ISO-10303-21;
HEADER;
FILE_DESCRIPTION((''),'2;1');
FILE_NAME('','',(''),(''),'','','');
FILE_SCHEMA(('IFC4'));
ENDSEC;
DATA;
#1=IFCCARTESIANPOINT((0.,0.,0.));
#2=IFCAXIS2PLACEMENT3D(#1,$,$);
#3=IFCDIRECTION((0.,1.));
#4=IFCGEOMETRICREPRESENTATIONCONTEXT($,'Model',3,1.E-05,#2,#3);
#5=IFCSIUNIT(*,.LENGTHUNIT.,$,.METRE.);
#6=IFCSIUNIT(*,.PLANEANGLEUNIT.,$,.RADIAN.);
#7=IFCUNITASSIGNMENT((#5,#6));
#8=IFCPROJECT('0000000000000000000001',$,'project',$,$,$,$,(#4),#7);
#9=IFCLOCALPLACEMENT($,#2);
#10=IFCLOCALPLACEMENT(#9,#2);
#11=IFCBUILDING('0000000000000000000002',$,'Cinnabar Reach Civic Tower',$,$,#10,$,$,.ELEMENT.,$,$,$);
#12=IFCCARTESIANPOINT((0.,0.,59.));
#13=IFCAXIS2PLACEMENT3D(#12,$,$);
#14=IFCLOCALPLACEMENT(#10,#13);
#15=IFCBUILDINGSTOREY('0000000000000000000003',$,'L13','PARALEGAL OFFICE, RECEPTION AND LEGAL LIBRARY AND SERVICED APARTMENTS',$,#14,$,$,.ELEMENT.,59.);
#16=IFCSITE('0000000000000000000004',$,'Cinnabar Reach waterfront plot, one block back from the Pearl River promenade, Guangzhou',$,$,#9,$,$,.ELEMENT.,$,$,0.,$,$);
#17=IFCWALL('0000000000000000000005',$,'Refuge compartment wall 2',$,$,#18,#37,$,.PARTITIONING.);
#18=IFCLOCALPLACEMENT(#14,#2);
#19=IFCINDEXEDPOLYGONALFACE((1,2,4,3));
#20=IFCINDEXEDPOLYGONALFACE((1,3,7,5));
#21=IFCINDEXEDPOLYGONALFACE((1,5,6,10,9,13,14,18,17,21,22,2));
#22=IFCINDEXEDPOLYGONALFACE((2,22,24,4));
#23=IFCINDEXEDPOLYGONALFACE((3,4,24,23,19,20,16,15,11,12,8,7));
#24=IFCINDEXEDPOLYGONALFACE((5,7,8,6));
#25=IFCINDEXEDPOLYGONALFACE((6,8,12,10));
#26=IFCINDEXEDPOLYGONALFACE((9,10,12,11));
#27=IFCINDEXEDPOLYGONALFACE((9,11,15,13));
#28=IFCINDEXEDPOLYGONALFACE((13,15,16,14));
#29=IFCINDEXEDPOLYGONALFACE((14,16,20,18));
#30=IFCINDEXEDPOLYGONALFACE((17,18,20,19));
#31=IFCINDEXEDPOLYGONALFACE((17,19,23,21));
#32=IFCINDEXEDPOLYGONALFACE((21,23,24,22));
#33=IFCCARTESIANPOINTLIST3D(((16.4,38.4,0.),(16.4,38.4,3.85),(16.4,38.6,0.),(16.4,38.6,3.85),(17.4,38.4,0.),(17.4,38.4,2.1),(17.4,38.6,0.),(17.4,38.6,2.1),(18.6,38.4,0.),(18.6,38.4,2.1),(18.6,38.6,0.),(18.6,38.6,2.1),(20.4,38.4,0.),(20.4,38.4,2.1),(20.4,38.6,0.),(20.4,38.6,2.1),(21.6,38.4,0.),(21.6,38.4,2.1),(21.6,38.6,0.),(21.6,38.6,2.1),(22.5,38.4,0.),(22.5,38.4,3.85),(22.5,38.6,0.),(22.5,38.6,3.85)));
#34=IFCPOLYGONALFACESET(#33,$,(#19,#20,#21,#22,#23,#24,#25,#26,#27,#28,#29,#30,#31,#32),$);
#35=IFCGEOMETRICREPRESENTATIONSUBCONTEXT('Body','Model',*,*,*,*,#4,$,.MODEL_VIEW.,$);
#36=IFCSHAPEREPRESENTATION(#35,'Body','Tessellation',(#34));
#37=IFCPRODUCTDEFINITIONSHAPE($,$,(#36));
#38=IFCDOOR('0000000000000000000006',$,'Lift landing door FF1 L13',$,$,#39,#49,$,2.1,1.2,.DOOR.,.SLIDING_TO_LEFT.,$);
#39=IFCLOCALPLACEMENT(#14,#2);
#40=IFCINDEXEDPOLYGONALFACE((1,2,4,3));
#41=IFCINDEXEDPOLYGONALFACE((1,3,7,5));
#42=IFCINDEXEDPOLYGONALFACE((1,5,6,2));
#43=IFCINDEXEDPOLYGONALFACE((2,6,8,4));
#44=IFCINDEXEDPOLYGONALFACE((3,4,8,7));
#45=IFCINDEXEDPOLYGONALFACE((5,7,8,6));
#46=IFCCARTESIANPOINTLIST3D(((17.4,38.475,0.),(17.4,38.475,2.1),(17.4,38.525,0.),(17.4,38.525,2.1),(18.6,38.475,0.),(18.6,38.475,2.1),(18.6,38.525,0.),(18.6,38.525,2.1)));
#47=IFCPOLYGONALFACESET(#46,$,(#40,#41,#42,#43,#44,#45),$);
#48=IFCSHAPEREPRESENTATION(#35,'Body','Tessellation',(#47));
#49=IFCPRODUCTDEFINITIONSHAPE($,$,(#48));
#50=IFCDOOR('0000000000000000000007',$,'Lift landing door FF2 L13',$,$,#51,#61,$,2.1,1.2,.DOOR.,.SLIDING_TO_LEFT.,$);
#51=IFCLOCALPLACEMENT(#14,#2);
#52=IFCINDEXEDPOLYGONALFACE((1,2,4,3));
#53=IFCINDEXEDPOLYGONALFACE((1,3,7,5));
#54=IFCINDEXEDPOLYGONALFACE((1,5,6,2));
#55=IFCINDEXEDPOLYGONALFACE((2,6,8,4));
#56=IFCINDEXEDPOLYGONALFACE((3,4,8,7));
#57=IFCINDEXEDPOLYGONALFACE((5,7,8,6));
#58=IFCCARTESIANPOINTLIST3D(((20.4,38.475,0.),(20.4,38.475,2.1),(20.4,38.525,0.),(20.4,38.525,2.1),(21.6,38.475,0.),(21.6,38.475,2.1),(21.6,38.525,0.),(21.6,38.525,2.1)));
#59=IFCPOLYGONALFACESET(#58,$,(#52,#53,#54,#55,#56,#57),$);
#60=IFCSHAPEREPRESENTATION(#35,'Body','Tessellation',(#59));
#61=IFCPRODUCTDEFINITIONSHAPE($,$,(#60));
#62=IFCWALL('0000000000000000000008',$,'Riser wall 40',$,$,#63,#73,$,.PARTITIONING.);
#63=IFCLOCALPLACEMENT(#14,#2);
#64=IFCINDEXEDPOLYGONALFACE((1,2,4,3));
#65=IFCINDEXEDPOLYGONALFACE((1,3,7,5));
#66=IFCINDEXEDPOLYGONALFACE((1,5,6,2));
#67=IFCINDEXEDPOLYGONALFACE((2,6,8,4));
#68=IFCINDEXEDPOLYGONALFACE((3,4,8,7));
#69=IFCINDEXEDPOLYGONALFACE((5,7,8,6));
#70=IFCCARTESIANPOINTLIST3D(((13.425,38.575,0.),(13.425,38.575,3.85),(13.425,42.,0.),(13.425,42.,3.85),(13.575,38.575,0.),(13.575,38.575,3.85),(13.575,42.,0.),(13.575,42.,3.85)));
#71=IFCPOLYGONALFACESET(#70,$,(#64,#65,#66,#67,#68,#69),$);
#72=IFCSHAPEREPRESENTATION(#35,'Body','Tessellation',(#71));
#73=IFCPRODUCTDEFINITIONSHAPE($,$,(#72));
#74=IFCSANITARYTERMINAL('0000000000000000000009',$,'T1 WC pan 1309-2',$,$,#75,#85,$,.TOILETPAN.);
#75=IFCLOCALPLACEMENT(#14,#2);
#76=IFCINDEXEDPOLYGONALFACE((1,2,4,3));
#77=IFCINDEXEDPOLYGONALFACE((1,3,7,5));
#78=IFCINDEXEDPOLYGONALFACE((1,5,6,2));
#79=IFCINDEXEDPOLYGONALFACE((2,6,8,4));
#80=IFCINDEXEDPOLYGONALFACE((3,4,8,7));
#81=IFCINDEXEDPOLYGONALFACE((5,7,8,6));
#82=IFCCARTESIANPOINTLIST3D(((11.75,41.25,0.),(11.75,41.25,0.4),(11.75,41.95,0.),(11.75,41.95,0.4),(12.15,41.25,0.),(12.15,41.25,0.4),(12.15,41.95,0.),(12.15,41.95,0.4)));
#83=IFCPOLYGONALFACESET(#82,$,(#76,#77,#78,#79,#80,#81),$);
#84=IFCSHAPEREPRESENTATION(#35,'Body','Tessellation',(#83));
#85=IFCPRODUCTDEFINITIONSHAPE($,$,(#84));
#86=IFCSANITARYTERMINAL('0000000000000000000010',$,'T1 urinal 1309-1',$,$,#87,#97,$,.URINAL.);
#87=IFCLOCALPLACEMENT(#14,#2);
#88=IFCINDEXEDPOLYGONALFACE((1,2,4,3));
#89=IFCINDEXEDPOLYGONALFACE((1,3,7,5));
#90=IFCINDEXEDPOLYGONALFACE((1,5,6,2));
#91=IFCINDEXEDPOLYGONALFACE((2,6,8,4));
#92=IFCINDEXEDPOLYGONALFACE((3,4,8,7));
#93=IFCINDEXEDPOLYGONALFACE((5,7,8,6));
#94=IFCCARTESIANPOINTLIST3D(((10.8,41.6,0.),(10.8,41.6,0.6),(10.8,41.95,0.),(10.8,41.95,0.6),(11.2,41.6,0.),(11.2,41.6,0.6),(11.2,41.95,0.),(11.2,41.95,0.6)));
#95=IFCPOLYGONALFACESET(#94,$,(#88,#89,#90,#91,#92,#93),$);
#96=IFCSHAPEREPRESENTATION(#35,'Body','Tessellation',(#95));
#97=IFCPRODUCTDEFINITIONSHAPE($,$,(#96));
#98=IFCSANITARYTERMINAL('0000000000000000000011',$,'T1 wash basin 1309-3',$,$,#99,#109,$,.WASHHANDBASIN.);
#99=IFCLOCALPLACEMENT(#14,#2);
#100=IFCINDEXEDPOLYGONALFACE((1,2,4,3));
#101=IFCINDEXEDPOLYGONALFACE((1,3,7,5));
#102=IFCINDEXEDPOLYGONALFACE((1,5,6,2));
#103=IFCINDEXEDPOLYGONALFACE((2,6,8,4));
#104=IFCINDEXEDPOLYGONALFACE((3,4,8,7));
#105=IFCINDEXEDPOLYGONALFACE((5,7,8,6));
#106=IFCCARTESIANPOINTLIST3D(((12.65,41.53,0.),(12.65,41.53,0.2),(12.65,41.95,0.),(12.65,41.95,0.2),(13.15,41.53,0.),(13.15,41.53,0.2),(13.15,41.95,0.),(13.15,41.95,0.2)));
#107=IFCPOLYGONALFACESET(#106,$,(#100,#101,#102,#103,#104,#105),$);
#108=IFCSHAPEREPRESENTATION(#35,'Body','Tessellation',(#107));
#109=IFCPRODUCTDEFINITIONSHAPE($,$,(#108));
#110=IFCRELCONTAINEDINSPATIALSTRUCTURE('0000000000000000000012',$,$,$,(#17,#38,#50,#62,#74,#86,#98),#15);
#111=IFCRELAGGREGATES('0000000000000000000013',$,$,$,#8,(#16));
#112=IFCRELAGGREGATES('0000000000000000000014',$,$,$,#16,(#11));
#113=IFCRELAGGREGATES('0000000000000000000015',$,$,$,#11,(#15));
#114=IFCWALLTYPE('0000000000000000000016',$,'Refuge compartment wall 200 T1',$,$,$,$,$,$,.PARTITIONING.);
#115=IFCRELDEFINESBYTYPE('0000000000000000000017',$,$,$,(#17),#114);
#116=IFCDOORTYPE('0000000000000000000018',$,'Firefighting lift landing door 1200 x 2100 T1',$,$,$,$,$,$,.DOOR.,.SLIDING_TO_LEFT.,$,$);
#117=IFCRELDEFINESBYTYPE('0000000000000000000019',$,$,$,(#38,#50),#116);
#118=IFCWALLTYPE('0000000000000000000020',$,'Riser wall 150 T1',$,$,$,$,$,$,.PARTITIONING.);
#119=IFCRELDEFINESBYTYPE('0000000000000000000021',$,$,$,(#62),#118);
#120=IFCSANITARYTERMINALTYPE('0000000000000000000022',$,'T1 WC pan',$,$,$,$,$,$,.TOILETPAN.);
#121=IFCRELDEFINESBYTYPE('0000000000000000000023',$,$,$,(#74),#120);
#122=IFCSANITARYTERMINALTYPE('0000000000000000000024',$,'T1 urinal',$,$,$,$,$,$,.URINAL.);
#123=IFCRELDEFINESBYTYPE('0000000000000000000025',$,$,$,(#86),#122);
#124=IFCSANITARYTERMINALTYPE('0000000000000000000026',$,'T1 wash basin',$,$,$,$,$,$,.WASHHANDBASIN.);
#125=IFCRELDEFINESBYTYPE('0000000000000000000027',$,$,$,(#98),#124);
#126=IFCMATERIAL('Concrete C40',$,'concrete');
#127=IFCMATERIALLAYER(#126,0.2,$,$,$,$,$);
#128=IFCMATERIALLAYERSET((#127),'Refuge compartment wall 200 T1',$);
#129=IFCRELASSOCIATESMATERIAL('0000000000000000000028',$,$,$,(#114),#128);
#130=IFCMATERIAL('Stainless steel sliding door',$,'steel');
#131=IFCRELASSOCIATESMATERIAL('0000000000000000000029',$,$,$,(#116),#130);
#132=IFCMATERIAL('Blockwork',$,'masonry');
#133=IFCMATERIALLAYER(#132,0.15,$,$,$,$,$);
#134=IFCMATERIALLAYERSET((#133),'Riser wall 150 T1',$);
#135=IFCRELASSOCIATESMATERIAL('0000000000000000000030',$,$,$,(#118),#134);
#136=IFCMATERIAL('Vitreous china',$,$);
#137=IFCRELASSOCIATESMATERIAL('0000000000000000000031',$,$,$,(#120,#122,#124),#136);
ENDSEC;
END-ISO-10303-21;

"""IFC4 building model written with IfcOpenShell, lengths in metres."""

from ifc_helpers import new_model, si_unit, direction, frame, frame_2d, origin, origin_2d, place, context, subcontext, project, spatial, rectangle, extrude, material, layer, layer_set, type_object, element, fill, save


model = new_model("IFC4")

# Units and contexts
model_context = context("Model", 3, precision=1e-05, world=origin(), true_north=direction((0.0, 1.0)))
body_context = subcontext(model_context, "Body", "Model", "MODEL_VIEW")
ifc_project = project(units=[si_unit("LENGTHUNIT", "METRE"), si_unit("PLANEANGLEUNIT", "RADIAN")], contexts=[model_context])

# Site, building, storey
site_placement = place(None, origin())
site = spatial("IfcSite", under=ifc_project, at=site_placement, Name="Cinnabar Reach waterfront plot, one block back from the Pearl River promenade, Guangzhou", CompositionType="ELEMENT", RefElevation=0.0)
building_placement = place(site_placement, origin())
building = spatial("IfcBuilding", under=site, at=building_placement, Name="Cinnabar Reach Civic Tower", CompositionType="ELEMENT")
storey_placement = place(building_placement, frame((0.0, 0.0, 59.0)))
storey = spatial("IfcBuildingStorey", under=building, at=storey_placement, Name="L13", Description="PARALEGAL OFFICE, RECEPTION AND LEGAL LIBRARY AND SERVICED APARTMENTS", CompositionType="ELEMENT", Elevation=59.0)

# Shared definitions
ifc_material_1 = material(Name="Blockwork", Category="masonry")

# Wall, openings, doors
ifc_material_2 = material(Name="Concrete C40", Category="concrete")
ifc_layer_1 = layer(ifc_material_2, 0.2)
ifc_layer_set_1 = layer_set([ifc_layer_1], Name="Refuge compartment wall 200 T1")
wall_type_1 = type_object("IfcWallType", Name="Refuge compartment wall 200 T1", PredefinedType="PARTITIONING", material=ifc_layer_set_1)
wall_1_placement = place(storey_placement, frame((16.4, 38.5, 0.0), z_axis=(0.0, 0.0, 1.0), x_axis=(1.0, 0.0, 0.0)))
wall_1 = element("IfcWall", 1, at=wall_1_placement, inside=storey, type_object=wall_type_1, Name="Refuge compartment wall 2", PredefinedType="PARTITIONING", context=body_context, shape_type="SweptSolid", body=[
    extrude(rectangle(XDim=6.1, YDim=0.2, at=frame_2d((3.05, 0.0))), origin(), (0.0, 0.0, 1.0), 3.85),
])
opening_1_placement = place(wall_1_placement, frame((1.0, 0.0, 0.0)))
opening_1 = element("IfcOpeningElement", 2, at=opening_1_placement, cuts=wall_1, PredefinedType="OPENING", context=body_context, shape_type="SweptSolid", body=[
    extrude(rectangle(XDim=1.2, YDim=2.1, at=frame_2d((0.6, 1.05))), frame((0.0, 0.11, 0.0), z_axis=(0.0, -1.0, 0.0), x_axis=(1.0, 0.0, 0.0)), (0.0, 0.0, 1.0), 0.22),
])
opening_2_placement = place(wall_1_placement, frame((4.0, 0.0, 0.0)))
opening_2 = element("IfcOpeningElement", 3, at=opening_2_placement, cuts=wall_1, PredefinedType="OPENING", context=body_context, shape_type="SweptSolid", body=[
    extrude(rectangle(XDim=1.2, YDim=2.1, at=frame_2d((0.6, 1.05))), frame((0.0, 0.11, 0.0), z_axis=(0.0, -1.0, 0.0), x_axis=(1.0, 0.0, 0.0)), (0.0, 0.0, 1.0), 0.22),
])
ifc_material_3 = material(Name="Stainless steel sliding door", Category="steel")
door_type_1 = type_object("IfcDoorType", Name="Firefighting lift landing door 1200 x 2100 T1", OperationType="SLIDING_TO_LEFT", PredefinedType="DOOR", material=ifc_material_3)
door_1_placement = place(opening_1_placement, origin())
door_1 = element("IfcDoor", 4, at=door_1_placement, inside=storey, type_object=door_type_1, Name="Lift landing door FF1 L13", OperationType="SLIDING_TO_LEFT", OverallHeight=2.1, OverallWidth=1.2, PredefinedType="DOOR", context=body_context, shape_type="SweptSolid", body=[
    extrude(rectangle(XDim=1.2, YDim=2.1, at=frame_2d((0.6, 1.05))), frame((0.0, 0.025, 0.0), z_axis=(0.0, -1.0, 0.0), x_axis=(1.0, 0.0, 0.0)), (0.0, 0.0, 1.0), 0.05),
])
fill(opening_1, door_1)
door_2_placement = place(opening_2_placement, origin())
door_2 = element("IfcDoor", 5, at=door_2_placement, inside=storey, type_object=door_type_1, Name="Lift landing door FF2 L13", OperationType="SLIDING_TO_LEFT", OverallHeight=2.1, OverallWidth=1.2, PredefinedType="DOOR", context=body_context, shape_type="SweptSolid", body=[
    extrude(rectangle(XDim=1.2, YDim=2.1, at=frame_2d((0.6, 1.05))), frame((0.0, 0.025, 0.0), z_axis=(0.0, -1.0, 0.0), x_axis=(1.0, 0.0, 0.0)), (0.0, 0.0, 1.0), 0.05),
])
fill(opening_2, door_2)

# Wall
ifc_layer_2 = layer(ifc_material_1, 0.15)
ifc_layer_set_2 = layer_set([ifc_layer_2], Name="Riser wall 150 T1")
wall_type_2 = type_object("IfcWallType", Name="Riser wall 150 T1", PredefinedType="PARTITIONING", material=ifc_layer_set_2)
wall_2_placement = place(storey_placement, frame((13.5, 38.575, 0.0), z_axis=(0.0, 0.0, 1.0), x_axis=(0.0, 1.0, 0.0)))
element("IfcWall", 6, at=wall_2_placement, inside=storey, type_object=wall_type_2, Name="Riser wall 40", PredefinedType="PARTITIONING", context=body_context, shape_type="SweptSolid", body=[
    extrude(rectangle(XDim=3.425, YDim=0.15, at=frame_2d((1.7125, 0.0))), origin(), (0.0, 0.0, 1.0), 3.85),
])

# Sanitary terminals
ifc_material_4 = material(Name="Vitreous china")
sanitary_terminal_type_1 = type_object("IfcSanitaryTerminalType", Name="T1 WC pan", PredefinedType="TOILETPAN", material=ifc_material_4)
sanitary_terminal_1_placement = place(storey_placement, frame((11.95, 41.6, 0.0), z_axis=(0.0, 0.0, 1.0), x_axis=(1.0, 0.0, 0.0)))
element("IfcSanitaryTerminal", 7, at=sanitary_terminal_1_placement, inside=storey, type_object=sanitary_terminal_type_1, Name="T1 WC pan 1309-2", PredefinedType="TOILETPAN", context=body_context, shape_type="SweptSolid", body=[
    extrude(rectangle(XDim=0.4, YDim=0.7, at=origin_2d()), origin(), (0.0, 0.0, 1.0), 0.4),
])
sanitary_terminal_type_2 = type_object("IfcSanitaryTerminalType", Name="T1 urinal", PredefinedType="URINAL", material=ifc_material_4)
sanitary_terminal_2_placement = place(storey_placement, frame((11.0, 41.775, 0.0), z_axis=(0.0, 0.0, 1.0), x_axis=(1.0, 0.0, 0.0)))
element("IfcSanitaryTerminal", 8, at=sanitary_terminal_2_placement, inside=storey, type_object=sanitary_terminal_type_2, Name="T1 urinal 1309-1", PredefinedType="URINAL", context=body_context, shape_type="SweptSolid", body=[
    extrude(rectangle(XDim=0.4, YDim=0.35, at=origin_2d()), origin(), (0.0, 0.0, 1.0), 0.6),
])
sanitary_terminal_type_3 = type_object("IfcSanitaryTerminalType", Name="T1 wash basin", PredefinedType="WASHHANDBASIN", material=ifc_material_4)
sanitary_terminal_3_placement = place(storey_placement, frame((12.9, 41.74, 0.0), z_axis=(0.0, 0.0, 1.0), x_axis=(1.0, 0.0, 0.0)))
element("IfcSanitaryTerminal", 9, at=sanitary_terminal_3_placement, inside=storey, type_object=sanitary_terminal_type_3, Name="T1 wash basin 1309-3", PredefinedType="WASHHANDBASIN", context=body_context, shape_type="SweptSolid", body=[
    extrude(rectangle(XDim=0.5, YDim=0.42, at=origin_2d()), origin(), (0.0, 0.0, 1.0), 0.2),
])

save(model, "model.ifc")
